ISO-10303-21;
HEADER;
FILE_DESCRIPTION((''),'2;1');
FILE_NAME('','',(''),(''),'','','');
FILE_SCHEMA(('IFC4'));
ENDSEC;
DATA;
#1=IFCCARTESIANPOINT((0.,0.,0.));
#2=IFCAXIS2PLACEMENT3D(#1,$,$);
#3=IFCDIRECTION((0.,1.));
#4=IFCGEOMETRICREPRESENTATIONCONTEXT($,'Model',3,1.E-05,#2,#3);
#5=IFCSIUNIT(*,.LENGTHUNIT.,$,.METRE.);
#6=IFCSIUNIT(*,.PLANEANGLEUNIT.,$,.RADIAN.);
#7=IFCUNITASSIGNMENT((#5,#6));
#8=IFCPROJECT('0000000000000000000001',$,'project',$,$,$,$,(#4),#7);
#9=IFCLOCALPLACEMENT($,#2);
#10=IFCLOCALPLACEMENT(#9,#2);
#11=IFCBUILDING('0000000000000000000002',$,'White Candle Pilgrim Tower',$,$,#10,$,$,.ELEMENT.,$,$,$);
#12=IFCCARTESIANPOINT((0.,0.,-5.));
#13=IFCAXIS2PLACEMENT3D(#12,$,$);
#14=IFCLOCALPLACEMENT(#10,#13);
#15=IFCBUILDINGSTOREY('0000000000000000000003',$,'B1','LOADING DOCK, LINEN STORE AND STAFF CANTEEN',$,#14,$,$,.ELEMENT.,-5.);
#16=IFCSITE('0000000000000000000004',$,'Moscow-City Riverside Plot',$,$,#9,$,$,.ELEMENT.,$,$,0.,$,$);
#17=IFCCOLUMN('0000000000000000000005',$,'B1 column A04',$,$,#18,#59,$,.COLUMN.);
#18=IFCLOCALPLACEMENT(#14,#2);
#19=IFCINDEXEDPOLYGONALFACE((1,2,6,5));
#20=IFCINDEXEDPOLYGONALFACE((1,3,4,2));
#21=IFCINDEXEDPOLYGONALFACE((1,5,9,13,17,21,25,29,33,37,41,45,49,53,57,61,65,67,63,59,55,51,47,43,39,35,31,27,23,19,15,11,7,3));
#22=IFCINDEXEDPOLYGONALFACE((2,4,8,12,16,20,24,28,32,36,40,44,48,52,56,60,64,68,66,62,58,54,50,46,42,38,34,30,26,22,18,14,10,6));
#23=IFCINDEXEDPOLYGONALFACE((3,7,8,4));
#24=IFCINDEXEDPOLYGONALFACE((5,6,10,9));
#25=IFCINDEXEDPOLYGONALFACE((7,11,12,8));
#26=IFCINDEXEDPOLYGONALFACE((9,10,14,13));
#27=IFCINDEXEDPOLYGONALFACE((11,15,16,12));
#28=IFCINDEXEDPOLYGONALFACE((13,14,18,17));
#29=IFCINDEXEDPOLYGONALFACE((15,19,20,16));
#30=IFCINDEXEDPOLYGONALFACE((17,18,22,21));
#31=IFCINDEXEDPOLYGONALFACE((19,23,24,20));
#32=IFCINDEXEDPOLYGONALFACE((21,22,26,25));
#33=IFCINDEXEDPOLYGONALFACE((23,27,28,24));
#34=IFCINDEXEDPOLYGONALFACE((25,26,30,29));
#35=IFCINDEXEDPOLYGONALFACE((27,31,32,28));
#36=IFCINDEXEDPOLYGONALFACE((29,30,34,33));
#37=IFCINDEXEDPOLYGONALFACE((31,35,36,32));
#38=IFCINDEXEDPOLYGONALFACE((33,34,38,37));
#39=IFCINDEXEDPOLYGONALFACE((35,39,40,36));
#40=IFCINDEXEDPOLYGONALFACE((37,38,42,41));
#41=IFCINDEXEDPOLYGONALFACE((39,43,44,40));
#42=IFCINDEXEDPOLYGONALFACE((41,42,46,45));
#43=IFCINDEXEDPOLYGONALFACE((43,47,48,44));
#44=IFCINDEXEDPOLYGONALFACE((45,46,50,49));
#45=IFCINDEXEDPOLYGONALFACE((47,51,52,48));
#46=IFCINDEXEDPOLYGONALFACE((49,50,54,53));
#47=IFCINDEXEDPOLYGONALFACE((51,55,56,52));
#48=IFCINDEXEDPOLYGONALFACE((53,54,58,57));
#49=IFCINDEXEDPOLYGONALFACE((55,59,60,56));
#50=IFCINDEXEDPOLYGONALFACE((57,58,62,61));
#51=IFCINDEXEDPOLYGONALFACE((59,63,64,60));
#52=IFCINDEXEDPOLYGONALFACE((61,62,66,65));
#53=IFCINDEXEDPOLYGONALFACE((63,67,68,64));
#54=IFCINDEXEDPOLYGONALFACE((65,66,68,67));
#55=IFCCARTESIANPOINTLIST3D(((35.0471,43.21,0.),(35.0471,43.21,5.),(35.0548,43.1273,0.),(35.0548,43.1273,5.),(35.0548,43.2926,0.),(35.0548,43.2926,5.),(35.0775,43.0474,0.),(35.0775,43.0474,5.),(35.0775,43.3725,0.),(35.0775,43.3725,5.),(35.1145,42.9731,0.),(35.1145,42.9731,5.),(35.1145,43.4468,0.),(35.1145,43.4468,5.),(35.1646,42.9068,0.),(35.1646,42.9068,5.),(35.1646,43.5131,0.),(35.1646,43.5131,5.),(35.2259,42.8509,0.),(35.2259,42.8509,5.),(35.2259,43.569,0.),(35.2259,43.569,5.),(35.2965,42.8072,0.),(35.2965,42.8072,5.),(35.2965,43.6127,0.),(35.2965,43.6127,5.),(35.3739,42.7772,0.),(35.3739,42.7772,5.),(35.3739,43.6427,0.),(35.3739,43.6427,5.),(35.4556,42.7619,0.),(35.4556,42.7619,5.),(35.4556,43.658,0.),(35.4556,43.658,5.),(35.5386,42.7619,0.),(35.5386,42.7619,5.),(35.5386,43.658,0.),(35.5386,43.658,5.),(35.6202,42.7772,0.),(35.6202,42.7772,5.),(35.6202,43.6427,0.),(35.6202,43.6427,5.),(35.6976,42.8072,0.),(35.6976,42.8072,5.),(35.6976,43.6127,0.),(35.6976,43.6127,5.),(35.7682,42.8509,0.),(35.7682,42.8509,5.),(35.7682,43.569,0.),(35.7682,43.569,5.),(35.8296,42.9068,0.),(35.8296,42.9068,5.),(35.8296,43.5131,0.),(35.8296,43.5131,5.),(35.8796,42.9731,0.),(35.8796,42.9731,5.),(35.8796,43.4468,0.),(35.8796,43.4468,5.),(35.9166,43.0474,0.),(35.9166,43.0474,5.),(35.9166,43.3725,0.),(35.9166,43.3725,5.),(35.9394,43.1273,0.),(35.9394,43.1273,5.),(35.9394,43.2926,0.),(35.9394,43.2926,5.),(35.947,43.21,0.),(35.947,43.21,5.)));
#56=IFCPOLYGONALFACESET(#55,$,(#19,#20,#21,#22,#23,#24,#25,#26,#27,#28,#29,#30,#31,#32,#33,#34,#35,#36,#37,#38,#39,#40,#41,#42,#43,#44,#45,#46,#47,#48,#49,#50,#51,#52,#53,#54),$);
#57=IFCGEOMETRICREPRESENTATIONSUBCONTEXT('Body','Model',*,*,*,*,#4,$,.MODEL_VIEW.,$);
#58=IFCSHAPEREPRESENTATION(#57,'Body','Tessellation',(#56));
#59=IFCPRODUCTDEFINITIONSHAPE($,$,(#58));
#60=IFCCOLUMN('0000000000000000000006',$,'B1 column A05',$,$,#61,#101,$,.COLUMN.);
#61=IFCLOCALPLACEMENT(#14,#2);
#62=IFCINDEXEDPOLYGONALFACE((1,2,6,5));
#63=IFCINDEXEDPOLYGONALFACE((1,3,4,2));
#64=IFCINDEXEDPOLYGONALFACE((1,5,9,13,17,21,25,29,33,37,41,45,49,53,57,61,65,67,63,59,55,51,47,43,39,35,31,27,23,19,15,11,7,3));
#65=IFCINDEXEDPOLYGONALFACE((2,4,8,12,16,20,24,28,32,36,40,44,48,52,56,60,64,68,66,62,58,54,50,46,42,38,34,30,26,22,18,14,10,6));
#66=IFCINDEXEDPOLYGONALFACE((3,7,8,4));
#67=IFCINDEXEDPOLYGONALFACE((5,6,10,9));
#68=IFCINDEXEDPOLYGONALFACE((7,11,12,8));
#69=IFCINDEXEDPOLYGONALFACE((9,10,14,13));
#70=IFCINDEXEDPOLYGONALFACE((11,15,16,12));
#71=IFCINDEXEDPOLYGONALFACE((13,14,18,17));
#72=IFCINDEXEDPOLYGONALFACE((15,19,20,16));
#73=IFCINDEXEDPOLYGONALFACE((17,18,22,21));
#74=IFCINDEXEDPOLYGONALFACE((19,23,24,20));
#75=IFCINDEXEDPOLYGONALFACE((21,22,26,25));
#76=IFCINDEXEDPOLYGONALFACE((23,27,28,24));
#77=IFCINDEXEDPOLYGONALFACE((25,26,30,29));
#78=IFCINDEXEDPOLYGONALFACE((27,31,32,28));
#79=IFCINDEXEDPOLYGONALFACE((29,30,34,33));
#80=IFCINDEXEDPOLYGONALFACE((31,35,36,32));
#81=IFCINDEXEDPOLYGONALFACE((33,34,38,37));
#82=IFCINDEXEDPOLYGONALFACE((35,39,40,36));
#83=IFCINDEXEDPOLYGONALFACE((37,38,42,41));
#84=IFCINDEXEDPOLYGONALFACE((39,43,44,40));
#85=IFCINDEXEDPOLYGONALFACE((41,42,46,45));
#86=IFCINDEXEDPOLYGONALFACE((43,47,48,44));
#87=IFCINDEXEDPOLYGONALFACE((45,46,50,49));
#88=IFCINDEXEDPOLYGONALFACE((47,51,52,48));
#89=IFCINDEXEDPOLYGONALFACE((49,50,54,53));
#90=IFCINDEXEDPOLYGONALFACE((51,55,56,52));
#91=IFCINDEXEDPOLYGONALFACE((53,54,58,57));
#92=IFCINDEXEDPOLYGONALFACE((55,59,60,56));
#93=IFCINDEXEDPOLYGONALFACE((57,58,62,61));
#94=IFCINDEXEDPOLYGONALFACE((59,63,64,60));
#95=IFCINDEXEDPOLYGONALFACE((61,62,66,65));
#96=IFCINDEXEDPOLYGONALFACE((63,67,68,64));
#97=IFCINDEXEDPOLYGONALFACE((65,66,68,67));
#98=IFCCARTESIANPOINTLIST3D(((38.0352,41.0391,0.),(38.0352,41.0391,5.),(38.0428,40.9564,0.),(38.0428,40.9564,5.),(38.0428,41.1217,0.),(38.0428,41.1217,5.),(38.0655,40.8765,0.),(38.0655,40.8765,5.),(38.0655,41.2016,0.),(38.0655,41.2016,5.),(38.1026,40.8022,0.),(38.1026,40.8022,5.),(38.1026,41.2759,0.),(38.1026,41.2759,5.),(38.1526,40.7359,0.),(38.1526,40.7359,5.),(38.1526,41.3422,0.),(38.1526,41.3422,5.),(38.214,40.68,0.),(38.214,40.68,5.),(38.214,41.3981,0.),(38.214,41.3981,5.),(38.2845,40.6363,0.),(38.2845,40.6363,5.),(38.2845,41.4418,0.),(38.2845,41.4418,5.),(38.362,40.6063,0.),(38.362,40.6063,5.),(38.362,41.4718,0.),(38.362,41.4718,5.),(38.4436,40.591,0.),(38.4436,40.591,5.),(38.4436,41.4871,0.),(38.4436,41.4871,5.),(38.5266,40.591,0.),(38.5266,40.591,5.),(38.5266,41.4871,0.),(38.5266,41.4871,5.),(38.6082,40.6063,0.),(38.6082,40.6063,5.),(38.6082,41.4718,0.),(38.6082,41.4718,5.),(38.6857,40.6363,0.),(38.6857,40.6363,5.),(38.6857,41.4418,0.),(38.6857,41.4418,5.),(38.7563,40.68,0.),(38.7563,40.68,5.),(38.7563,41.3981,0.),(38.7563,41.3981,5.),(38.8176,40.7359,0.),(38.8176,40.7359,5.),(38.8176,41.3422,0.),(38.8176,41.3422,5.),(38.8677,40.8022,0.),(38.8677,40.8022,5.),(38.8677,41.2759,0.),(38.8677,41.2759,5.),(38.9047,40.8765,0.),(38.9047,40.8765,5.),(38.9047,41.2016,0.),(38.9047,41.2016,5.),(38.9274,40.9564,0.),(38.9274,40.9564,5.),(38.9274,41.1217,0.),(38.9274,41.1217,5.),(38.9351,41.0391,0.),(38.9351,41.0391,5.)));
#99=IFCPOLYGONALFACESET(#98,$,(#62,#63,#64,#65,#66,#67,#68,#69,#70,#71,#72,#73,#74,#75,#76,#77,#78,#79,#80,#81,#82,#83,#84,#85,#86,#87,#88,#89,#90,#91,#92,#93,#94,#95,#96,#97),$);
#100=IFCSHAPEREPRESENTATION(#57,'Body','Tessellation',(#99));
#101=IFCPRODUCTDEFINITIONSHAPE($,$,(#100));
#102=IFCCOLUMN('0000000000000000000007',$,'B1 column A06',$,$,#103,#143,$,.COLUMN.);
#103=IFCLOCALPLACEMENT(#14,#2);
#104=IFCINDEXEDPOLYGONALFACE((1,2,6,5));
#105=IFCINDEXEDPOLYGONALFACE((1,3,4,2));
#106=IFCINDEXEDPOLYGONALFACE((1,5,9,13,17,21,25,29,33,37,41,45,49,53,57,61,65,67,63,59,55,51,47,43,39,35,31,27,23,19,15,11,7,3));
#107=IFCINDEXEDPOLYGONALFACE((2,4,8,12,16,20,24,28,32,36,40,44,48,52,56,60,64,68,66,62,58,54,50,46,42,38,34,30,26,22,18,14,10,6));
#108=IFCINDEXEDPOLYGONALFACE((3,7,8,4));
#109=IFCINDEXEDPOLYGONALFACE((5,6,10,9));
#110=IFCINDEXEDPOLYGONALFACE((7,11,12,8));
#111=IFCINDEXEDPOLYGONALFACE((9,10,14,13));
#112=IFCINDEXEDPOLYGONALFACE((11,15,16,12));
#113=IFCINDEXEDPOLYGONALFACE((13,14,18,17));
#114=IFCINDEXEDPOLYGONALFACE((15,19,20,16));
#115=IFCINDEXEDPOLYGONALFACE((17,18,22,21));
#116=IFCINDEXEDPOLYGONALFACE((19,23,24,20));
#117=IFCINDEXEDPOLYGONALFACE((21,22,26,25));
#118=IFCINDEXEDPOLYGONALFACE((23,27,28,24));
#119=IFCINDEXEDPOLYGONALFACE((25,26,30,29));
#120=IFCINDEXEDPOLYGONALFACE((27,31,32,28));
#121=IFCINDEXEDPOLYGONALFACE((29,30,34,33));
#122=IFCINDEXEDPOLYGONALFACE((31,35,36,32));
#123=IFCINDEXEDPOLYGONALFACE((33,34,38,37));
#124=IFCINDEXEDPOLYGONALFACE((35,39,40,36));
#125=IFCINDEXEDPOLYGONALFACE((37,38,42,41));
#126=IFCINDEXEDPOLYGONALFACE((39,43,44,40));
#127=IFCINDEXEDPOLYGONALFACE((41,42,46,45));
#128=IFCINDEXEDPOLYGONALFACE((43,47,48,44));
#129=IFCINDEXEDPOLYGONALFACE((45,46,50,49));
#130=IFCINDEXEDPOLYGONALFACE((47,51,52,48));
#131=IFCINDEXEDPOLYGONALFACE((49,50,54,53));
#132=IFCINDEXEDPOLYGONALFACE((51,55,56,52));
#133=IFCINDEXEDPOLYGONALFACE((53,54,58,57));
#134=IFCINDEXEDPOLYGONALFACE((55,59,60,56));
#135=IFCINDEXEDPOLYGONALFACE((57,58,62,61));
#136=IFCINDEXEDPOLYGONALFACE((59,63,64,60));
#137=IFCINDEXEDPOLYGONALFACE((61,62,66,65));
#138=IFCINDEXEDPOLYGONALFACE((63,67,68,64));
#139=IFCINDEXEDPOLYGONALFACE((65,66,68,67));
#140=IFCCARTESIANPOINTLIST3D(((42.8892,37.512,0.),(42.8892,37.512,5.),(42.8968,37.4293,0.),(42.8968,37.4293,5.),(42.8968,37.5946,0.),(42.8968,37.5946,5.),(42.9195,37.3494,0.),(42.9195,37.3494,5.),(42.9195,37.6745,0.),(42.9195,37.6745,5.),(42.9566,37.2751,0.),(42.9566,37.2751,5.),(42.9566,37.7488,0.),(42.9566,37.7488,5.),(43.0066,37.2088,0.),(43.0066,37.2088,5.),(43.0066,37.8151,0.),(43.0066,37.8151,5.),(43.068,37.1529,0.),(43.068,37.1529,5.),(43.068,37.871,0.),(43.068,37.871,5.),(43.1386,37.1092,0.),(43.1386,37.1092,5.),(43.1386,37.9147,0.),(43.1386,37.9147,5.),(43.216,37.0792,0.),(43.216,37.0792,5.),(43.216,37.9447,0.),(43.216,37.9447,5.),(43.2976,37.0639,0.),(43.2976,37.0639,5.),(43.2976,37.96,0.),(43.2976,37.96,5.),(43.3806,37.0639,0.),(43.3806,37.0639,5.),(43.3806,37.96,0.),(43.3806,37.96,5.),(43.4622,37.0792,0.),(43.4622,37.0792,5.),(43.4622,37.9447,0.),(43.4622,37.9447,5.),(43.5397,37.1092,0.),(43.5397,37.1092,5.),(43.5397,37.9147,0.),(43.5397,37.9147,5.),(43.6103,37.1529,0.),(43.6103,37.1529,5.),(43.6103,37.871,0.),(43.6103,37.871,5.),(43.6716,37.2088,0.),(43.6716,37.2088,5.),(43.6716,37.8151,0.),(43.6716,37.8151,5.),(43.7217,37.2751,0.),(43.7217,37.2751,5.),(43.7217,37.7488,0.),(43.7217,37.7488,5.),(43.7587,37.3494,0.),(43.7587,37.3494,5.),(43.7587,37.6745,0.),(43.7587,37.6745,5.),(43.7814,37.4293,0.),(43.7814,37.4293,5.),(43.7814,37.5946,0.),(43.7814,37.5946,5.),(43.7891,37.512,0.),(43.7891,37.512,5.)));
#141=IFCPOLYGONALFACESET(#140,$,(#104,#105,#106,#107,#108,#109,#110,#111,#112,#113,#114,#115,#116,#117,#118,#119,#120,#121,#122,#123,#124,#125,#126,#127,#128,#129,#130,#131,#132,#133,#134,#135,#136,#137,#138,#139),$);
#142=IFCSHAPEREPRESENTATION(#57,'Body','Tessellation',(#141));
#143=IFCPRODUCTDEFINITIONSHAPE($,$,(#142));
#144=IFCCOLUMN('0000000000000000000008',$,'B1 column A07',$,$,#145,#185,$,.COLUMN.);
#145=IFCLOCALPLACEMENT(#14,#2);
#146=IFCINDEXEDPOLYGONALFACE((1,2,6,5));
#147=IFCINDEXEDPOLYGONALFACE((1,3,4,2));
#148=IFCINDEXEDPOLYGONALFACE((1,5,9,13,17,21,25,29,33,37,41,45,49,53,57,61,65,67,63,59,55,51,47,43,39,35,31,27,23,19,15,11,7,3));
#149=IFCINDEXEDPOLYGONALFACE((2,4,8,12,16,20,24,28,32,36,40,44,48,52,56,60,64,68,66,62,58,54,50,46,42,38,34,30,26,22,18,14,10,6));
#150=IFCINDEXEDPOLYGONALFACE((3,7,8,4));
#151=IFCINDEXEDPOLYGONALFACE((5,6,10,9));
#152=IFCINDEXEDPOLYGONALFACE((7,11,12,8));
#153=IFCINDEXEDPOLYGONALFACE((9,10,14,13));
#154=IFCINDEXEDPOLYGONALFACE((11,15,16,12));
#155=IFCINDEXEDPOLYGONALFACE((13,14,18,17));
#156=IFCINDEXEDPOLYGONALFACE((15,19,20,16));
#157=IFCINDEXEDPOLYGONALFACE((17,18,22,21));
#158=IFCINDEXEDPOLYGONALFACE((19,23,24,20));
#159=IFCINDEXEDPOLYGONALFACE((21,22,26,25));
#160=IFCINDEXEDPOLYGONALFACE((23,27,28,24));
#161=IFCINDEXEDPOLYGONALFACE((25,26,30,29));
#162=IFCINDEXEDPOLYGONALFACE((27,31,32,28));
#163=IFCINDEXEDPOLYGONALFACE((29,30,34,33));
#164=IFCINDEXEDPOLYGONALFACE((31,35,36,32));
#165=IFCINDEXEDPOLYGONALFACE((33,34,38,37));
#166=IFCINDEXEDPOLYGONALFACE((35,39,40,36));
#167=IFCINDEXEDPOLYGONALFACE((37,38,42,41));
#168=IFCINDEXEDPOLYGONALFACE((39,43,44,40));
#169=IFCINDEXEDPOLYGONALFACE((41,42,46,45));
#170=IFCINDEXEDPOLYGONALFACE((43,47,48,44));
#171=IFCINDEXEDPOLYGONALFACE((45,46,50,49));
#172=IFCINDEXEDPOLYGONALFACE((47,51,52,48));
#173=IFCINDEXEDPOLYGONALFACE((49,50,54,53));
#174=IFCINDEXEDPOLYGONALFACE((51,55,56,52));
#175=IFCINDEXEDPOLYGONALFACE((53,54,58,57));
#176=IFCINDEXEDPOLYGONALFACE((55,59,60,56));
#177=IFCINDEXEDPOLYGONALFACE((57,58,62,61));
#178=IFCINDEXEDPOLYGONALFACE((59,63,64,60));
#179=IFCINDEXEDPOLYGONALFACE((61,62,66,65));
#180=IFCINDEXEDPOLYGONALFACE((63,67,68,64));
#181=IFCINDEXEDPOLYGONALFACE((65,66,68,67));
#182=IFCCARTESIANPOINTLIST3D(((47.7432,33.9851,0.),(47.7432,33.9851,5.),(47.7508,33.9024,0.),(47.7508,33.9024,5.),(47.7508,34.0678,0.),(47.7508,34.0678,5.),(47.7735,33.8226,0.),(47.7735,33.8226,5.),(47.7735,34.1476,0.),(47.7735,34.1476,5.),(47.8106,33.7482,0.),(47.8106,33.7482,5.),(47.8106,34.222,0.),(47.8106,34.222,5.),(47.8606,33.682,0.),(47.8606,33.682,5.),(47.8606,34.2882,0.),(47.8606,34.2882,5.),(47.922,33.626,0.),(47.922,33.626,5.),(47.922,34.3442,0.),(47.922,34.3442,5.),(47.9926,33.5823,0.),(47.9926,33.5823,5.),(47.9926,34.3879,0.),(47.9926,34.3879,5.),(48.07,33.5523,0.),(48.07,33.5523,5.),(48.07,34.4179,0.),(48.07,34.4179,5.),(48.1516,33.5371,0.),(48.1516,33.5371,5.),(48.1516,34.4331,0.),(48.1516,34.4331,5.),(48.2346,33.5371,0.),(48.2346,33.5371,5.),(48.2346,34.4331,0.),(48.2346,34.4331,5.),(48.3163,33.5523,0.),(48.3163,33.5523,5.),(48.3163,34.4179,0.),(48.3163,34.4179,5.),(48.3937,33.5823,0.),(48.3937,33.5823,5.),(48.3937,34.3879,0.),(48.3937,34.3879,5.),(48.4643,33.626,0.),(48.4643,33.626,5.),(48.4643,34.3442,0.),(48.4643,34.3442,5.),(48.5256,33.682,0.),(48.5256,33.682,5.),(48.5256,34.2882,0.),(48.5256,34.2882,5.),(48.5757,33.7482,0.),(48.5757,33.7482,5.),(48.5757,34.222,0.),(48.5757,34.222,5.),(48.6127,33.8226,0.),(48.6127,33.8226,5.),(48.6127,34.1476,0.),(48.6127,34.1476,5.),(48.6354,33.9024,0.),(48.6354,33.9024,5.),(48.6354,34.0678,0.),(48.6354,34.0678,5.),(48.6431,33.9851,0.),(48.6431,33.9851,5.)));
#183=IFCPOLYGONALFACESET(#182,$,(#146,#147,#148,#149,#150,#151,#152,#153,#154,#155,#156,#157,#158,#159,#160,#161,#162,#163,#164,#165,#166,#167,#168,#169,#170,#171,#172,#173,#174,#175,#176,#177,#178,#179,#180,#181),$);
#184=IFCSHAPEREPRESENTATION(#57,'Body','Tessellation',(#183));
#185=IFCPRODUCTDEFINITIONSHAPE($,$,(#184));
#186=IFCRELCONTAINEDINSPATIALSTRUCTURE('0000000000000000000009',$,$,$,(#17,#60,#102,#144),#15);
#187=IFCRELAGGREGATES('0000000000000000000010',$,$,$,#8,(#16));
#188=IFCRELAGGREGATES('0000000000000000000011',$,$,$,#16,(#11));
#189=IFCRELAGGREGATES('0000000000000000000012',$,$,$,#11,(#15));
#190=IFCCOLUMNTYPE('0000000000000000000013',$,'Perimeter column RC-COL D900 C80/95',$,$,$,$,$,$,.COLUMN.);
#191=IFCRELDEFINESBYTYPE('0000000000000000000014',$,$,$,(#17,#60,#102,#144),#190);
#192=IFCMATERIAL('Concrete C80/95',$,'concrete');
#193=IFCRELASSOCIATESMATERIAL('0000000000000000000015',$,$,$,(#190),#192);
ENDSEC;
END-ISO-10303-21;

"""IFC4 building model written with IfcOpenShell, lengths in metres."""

from ifc_helpers import new_model, si_unit, direction, frame, origin, origin_2d, place, context, subcontext, project, spatial, circle, extrude, material, material_profile, profile_set, type_object, element, save


model = new_model("IFC4")

# Units and contexts
model_context = context("Model", 3, precision=1e-05, world=origin(), true_north=direction((0.0, 1.0)))
body_context = subcontext(model_context, "Body", "Model", "MODEL_VIEW")
ifc_project = project(units=[si_unit("LENGTHUNIT", "METRE"), si_unit("PLANEANGLEUNIT", "RADIAN")], contexts=[model_context])

# Site, building, storey
site_placement = place(None, origin())
site = spatial("IfcSite", under=ifc_project, at=site_placement, Name="Moscow-City Riverside Plot", CompositionType="ELEMENT", RefElevation=0.0)
building_placement = place(site_placement, origin())
building = spatial("IfcBuilding", under=site, at=building_placement, Name="White Candle Pilgrim Tower", CompositionType="ELEMENT")
storey_placement = place(building_placement, frame((0.0, 0.0, -5.0)))
storey = spatial("IfcBuildingStorey", under=building, at=storey_placement, Name="B1", Description="LOADING DOCK, LINEN STORE AND STAFF CANTEEN", CompositionType="ELEMENT", Elevation=-5.0)

# Columns
ifc_material_1 = material(Name="Concrete C80/95", Category="concrete")
ifc_material_profile_1 = material_profile(ifc_material_1, circle(Radius=0.45, at=origin_2d()), Name="RC-COL D900")
ifc_profile_set_1 = profile_set([ifc_material_profile_1], Name="Concrete C80/95")
column_type = type_object("IfcColumnType", Name="Perimeter column RC-COL D900 C80/95", PredefinedType="COLUMN", material=ifc_profile_set_1)
for number, where, z_axis, x_axis, name in (
    (1, (35.4971, 43.21, 0.0), (0.0, 0.0, 1.0), (1.0, 0.0, 0.0), "B1 column A04"),
    (2, (38.4851, 41.0391, 0.0), (0.0, 0.0, 1.0), (1.0, 0.0, 0.0), "B1 column A05"),
    (3, (43.3391, 37.512, 0.0), (0.0, 0.0, 1.0), (1.0, 0.0, 0.0), "B1 column A06"),
    (4, (48.1931, 33.9851, 0.0), (0.0, 0.0, 1.0), (1.0, 0.0, 0.0), "B1 column A07"),
):
    element("IfcColumn", number, at=place(storey_placement, frame(where, z_axis=z_axis, x_axis=x_axis)), inside=storey, type_object=column_type, Name=name, PredefinedType="COLUMN", context=body_context, shape_type="SweptSolid", body=[
        extrude(circle(Radius=0.45, at=origin_2d()), origin(), (0.0, 0.0, 1.0), 5.0),
    ])

save(model, "model.ifc")
